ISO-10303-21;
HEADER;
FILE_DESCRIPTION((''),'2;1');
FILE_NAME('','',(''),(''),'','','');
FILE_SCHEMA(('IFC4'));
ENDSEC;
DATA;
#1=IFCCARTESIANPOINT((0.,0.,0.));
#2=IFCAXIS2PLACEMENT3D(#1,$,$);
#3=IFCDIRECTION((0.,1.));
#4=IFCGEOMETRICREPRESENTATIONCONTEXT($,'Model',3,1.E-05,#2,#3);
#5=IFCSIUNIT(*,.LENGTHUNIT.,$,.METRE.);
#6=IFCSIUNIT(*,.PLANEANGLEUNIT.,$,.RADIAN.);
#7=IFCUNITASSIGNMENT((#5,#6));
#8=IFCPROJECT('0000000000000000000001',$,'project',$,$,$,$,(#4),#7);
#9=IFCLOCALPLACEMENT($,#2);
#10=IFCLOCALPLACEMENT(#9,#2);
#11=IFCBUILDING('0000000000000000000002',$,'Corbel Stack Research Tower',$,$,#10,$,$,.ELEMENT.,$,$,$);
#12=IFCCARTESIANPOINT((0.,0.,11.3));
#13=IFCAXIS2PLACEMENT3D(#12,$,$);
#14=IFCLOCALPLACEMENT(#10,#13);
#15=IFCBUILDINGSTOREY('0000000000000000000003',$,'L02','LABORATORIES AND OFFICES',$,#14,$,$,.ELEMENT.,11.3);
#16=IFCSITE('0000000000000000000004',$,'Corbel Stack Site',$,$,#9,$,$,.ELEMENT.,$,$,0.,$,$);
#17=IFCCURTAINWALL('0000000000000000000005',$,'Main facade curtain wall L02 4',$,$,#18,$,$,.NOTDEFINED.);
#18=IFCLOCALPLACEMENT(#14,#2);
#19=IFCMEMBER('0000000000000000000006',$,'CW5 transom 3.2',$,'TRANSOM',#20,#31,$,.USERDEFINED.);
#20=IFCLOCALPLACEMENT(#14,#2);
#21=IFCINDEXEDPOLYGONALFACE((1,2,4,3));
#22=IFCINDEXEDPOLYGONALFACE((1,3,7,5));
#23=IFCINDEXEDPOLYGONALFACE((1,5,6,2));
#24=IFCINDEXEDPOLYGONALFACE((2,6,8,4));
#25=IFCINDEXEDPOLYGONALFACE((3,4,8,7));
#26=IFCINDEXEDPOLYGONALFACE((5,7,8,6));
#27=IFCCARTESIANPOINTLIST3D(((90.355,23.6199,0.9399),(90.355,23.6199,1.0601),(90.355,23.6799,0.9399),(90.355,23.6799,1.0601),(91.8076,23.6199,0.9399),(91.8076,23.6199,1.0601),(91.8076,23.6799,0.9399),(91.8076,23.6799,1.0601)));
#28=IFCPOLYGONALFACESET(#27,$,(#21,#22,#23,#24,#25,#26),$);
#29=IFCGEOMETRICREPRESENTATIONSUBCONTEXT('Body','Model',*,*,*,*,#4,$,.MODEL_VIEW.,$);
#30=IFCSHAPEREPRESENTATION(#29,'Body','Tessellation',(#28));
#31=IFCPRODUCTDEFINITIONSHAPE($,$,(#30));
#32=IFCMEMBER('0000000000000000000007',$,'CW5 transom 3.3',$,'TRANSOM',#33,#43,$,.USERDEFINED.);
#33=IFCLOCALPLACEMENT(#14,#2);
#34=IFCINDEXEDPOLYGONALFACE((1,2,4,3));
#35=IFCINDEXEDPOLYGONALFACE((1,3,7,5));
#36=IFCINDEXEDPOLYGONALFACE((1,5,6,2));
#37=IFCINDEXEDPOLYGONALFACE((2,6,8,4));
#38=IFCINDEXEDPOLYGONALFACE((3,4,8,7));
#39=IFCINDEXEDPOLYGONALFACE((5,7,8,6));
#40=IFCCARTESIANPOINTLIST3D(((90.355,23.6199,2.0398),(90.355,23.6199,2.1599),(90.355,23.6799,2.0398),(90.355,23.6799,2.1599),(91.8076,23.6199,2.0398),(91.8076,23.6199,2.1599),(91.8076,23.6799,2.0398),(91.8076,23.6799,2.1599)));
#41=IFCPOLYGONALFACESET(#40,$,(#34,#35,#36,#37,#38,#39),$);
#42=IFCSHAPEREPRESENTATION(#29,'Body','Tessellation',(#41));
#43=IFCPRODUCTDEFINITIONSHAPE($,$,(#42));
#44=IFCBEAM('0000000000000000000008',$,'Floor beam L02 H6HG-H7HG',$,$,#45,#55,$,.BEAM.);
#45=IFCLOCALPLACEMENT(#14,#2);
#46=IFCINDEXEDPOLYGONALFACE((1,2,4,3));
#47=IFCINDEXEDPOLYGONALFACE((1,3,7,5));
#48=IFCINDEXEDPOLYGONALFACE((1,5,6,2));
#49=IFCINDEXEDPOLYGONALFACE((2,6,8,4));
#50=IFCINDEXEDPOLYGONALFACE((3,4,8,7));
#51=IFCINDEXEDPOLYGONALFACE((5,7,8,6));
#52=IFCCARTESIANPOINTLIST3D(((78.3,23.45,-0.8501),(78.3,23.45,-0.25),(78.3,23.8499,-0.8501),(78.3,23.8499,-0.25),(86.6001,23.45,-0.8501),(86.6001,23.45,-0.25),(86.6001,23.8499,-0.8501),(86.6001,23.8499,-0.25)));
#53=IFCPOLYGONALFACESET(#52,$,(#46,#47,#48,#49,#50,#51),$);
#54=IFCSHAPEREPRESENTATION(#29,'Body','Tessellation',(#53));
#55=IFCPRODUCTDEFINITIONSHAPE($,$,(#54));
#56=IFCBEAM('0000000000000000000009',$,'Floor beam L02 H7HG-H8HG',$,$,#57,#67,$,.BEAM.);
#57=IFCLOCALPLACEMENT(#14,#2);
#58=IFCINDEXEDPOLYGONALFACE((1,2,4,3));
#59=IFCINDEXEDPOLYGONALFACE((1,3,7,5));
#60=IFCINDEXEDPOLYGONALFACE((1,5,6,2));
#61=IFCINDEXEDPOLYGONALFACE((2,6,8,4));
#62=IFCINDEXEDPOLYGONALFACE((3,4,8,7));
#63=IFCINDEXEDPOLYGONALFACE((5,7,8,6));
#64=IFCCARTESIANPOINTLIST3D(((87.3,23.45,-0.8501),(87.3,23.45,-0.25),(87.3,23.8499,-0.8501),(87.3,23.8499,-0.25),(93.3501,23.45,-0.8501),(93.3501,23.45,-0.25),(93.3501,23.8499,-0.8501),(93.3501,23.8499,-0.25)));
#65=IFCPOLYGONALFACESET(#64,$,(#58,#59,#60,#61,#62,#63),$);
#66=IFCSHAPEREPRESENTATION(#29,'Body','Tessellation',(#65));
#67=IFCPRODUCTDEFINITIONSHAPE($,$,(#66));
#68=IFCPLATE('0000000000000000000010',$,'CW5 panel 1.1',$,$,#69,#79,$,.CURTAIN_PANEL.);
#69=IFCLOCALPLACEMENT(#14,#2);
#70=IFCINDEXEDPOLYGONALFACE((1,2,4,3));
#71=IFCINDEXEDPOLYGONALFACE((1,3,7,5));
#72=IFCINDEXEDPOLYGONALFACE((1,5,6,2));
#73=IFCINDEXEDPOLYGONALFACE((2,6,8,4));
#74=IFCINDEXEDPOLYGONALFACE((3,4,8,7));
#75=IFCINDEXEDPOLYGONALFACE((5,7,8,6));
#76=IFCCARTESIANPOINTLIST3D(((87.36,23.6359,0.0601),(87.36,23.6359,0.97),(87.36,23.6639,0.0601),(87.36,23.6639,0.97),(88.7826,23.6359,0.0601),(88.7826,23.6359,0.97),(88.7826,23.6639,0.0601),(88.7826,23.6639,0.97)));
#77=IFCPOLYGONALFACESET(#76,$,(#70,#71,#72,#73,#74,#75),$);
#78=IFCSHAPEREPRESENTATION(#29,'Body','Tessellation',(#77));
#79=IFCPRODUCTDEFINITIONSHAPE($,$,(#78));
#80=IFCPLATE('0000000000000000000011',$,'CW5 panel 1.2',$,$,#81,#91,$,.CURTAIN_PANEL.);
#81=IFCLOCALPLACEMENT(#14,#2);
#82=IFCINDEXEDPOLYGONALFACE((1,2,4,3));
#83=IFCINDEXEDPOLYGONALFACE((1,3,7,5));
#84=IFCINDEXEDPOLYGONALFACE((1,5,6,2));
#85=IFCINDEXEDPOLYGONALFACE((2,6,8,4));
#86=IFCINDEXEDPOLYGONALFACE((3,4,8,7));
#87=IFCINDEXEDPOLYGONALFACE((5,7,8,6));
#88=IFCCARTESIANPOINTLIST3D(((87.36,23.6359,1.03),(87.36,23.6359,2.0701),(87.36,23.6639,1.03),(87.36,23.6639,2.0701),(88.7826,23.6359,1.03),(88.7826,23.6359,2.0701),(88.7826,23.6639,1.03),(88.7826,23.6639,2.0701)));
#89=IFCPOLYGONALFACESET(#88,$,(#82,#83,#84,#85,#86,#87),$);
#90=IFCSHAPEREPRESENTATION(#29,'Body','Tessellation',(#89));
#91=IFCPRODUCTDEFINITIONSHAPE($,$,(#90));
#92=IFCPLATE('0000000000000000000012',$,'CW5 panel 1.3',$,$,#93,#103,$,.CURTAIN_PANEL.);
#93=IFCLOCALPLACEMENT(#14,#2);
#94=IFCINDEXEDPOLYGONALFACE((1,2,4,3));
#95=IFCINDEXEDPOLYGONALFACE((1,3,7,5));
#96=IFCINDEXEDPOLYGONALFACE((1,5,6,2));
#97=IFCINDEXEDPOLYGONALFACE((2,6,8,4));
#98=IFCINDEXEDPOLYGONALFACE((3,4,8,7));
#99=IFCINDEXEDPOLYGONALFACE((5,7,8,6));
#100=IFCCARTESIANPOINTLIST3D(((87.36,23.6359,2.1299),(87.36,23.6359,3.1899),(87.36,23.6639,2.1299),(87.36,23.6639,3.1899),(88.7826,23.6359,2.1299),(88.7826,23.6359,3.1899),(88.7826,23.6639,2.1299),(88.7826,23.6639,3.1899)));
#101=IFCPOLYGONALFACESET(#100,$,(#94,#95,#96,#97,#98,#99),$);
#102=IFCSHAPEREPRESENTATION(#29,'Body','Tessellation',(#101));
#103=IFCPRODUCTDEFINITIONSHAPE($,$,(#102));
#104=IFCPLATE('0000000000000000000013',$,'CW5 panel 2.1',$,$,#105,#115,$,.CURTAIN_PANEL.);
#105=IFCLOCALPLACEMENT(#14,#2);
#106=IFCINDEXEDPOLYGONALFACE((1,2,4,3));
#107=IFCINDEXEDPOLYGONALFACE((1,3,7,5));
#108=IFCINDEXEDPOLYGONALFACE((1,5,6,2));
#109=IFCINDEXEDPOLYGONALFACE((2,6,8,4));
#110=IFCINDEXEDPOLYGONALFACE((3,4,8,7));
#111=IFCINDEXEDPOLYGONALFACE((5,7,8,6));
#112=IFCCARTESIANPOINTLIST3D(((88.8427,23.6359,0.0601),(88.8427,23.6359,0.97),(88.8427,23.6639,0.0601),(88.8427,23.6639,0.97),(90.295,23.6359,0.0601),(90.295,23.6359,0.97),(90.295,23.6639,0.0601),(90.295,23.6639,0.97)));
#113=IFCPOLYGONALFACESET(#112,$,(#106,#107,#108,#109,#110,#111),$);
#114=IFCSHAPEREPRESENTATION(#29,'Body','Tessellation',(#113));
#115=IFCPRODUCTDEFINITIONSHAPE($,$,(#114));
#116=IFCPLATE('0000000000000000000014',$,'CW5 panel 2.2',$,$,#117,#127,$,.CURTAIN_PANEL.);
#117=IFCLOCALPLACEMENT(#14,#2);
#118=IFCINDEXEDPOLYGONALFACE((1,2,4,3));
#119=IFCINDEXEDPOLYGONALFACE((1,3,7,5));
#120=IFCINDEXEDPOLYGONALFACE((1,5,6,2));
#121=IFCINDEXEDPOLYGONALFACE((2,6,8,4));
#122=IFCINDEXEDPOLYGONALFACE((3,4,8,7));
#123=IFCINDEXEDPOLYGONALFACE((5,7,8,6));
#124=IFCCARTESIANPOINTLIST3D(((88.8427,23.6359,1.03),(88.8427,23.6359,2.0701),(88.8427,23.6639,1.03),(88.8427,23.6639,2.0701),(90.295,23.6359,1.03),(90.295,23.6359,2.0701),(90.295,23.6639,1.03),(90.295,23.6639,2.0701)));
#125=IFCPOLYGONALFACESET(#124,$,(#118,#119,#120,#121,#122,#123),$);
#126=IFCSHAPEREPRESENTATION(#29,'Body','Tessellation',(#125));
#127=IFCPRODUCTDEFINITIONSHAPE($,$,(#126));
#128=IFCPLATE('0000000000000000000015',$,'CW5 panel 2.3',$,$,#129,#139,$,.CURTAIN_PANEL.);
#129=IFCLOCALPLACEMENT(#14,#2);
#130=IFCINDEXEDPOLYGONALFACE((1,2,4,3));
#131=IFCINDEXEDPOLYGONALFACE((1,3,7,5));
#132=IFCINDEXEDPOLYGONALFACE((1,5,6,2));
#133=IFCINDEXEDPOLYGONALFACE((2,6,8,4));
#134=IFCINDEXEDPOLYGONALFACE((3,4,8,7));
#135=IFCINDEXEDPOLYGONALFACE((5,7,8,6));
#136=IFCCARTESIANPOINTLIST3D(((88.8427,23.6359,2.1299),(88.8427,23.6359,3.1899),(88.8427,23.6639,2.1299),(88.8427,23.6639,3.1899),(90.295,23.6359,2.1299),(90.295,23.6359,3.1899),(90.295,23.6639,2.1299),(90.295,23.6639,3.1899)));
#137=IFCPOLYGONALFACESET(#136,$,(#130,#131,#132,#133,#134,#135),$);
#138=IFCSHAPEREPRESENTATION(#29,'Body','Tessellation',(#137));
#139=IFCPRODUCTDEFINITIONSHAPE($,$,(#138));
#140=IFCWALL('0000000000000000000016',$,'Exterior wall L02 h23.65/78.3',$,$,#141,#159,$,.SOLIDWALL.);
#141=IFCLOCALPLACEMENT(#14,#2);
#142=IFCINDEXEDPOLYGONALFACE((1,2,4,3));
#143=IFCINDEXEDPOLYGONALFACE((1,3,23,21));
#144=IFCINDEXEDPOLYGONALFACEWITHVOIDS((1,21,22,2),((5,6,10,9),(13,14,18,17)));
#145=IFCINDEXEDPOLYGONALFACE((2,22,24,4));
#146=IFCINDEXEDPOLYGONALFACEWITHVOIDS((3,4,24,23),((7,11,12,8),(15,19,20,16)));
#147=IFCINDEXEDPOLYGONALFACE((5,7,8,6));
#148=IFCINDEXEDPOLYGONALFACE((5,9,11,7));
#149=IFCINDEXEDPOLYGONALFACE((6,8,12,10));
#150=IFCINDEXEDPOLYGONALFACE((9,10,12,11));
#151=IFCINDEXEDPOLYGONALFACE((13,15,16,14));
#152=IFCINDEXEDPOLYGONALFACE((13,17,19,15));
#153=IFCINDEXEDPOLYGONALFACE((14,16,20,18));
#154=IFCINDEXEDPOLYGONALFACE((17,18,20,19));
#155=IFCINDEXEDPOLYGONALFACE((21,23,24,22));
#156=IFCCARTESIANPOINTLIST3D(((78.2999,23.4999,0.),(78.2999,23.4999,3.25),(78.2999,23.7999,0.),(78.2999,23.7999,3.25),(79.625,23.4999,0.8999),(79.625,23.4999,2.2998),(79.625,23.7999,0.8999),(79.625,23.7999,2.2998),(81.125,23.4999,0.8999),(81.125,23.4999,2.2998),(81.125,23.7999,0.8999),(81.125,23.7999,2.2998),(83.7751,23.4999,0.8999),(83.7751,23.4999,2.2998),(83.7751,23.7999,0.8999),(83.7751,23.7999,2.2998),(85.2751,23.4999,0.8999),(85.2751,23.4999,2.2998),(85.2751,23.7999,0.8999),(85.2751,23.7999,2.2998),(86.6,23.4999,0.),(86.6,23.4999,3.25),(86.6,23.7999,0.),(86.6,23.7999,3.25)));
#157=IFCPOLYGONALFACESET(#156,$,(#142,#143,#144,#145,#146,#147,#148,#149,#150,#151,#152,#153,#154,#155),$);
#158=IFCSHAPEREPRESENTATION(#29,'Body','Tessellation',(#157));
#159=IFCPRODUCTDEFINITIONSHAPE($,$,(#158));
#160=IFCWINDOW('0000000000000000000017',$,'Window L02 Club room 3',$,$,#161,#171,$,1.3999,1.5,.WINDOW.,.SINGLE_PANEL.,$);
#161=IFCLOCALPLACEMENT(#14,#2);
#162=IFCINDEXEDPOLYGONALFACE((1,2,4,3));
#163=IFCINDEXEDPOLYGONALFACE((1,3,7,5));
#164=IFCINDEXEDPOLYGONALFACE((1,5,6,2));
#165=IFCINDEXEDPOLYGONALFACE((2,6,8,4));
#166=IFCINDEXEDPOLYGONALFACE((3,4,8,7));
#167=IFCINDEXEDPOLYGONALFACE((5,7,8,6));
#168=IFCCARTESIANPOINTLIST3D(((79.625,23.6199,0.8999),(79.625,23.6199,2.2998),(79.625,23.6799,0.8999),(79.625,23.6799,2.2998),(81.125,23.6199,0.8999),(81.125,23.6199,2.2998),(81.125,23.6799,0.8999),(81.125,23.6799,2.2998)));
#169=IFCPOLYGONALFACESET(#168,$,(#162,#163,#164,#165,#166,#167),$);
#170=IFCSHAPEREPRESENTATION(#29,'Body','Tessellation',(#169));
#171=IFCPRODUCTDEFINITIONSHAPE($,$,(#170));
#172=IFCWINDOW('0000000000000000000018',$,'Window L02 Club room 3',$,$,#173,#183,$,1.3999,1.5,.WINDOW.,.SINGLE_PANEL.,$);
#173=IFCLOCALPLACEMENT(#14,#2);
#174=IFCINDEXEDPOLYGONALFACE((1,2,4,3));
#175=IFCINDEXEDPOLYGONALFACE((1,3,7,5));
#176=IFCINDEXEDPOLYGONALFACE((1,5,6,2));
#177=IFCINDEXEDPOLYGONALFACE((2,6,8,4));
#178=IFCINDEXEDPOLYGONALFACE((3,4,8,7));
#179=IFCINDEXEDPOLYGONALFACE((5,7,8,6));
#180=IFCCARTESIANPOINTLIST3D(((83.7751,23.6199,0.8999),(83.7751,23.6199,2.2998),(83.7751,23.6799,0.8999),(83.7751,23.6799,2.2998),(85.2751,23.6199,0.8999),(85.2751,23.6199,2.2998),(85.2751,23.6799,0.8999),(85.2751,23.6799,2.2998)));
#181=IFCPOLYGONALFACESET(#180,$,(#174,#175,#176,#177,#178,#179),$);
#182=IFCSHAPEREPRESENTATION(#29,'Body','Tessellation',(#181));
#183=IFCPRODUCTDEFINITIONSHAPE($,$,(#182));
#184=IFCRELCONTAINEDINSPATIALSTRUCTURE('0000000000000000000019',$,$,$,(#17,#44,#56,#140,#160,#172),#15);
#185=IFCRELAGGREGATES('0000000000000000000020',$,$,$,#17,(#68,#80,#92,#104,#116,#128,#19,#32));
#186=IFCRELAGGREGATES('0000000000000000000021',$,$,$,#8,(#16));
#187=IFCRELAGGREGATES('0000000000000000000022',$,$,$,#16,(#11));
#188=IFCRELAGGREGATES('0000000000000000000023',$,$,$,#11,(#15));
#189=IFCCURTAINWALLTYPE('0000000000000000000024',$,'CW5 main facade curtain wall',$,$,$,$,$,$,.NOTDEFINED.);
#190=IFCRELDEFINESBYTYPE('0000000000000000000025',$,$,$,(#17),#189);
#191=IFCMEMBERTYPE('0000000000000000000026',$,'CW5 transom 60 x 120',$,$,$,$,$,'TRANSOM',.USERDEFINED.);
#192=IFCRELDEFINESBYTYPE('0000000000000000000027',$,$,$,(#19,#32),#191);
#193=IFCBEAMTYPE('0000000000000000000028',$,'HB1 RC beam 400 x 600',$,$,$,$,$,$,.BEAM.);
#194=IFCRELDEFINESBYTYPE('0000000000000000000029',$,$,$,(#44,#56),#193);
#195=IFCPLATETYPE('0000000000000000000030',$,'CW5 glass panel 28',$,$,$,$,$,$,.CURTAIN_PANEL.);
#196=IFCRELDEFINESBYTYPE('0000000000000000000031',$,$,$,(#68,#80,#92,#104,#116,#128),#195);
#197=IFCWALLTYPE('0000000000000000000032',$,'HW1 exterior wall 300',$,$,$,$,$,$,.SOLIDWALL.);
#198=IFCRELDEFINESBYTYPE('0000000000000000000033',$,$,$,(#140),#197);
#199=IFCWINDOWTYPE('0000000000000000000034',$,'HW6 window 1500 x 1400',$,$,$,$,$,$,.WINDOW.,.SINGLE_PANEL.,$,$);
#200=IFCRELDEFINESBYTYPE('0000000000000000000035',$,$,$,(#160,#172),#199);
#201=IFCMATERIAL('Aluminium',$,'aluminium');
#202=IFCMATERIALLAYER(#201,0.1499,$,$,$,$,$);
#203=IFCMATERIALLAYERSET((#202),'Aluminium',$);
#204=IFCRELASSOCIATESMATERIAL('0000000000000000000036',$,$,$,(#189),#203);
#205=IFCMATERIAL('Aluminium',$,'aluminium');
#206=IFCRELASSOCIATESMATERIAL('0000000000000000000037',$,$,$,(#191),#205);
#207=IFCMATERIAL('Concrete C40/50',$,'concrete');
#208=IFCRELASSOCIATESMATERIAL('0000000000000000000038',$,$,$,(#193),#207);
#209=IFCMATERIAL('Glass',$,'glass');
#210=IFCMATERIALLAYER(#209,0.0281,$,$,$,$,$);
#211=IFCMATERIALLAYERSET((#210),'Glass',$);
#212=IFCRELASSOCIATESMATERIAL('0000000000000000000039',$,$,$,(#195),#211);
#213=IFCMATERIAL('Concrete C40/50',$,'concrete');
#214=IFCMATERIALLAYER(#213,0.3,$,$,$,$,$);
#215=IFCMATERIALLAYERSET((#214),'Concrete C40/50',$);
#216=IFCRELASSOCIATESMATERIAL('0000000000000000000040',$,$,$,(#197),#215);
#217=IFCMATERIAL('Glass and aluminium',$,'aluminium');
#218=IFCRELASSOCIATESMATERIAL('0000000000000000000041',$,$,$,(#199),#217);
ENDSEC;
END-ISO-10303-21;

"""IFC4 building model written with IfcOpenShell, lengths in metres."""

from ifc_helpers import new_model, si_unit, direction, frame, frame_2d, origin, origin_2d, place, context, subcontext, project, spatial, rectangle, extrude, material, layer, layer_set, material_profile, profile_set, type_object, element, fill, aggregate, save


model = new_model("IFC4")

# Units and contexts
model_context = context("Model", 3, precision=1e-05, world=origin(), true_north=direction((0.0, 1.0)))
body_context = subcontext(model_context, "Body", "Model", "MODEL_VIEW")
ifc_project = project(units=[si_unit("LENGTHUNIT", "METRE"), si_unit("PLANEANGLEUNIT", "RADIAN")], contexts=[model_context])

# Site, building, storey
site_placement = place(None, origin())
site = spatial("IfcSite", under=ifc_project, at=site_placement, Name="Corbel Stack Site", CompositionType="ELEMENT", RefElevation=0.0)
building_placement = place(site_placement, origin())
building = spatial("IfcBuilding", under=site, at=building_placement, Name="Corbel Stack Research Tower", CompositionType="ELEMENT")
storey_placement = place(building_placement, frame((0.0, 0.0, 11.3)))
storey = spatial("IfcBuildingStorey", under=building, at=storey_placement, Name="L02", Description="LABORATORIES AND OFFICES", CompositionType="ELEMENT", Elevation=11.3)

# Curtain wall, members
ifc_material_1 = material(Name="Aluminium", Category="aluminium")
ifc_layer_1 = layer(ifc_material_1, 0.1499)
ifc_layer_set_1 = layer_set([ifc_layer_1], Name="Aluminium")
curtain_wall_type = type_object("IfcCurtainWallType", Name="CW5 main facade curtain wall", PredefinedType="NOTDEFINED", material=ifc_layer_set_1)
curtain_wall_placement = place(storey_placement, origin())
curtain_wall = element("IfcCurtainWall", 1, at=curtain_wall_placement, inside=storey, type_object=curtain_wall_type, Name="Main facade curtain wall L02 4", PredefinedType="NOTDEFINED")
ifc_material_2 = material(Name="Aluminium", Category="aluminium")
ifc_material_profile_1 = material_profile(ifc_material_2, rectangle(XDim=0.0601, YDim=0.1201, at=origin_2d()), Name="Transom 60 x 120")
ifc_profile_set_1 = profile_set([ifc_material_profile_1], Name="Aluminium")
member_type_1 = type_object("IfcMemberType", Name="CW5 transom 60 x 120", ElementType="TRANSOM", PredefinedType="USERDEFINED", material=ifc_profile_set_1)
member_1_placement = place(storey_placement, frame((90.355, 23.6499, 1.0), z_axis=(1.0, 0.0, 0.0), x_axis=(0.0, 1.0, 0.0)))
member_1 = element("IfcMember", 2, at=member_1_placement, type_object=member_type_1, Name="CW5 transom 3.2", ObjectType="TRANSOM", PredefinedType="USERDEFINED", context=body_context, shape_type="SweptSolid", body=[
    extrude(rectangle(XDim=0.0601, YDim=0.1201, at=origin_2d()), origin(), (0.0, 0.0, 1.0), 1.4526),
])
member_2_placement = place(storey_placement, frame((90.355, 23.6499, 2.0999), z_axis=(1.0, 0.0, 0.0), x_axis=(0.0, 1.0, 0.0)))
member_2 = element("IfcMember", 3, at=member_2_placement, type_object=member_type_1, Name="CW5 transom 3.3", ObjectType="TRANSOM", PredefinedType="USERDEFINED", context=body_context, shape_type="SweptSolid", body=[
    extrude(rectangle(XDim=0.0601, YDim=0.1201, at=origin_2d()), origin(), (0.0, 0.0, 1.0), 1.4526),
])

# Beams
ifc_material_3 = material(Name="Concrete C40/50", Category="concrete")
ifc_material_profile_2 = material_profile(ifc_material_3, rectangle(XDim=0.3999, YDim=0.6001, at=origin_2d()), Name="RC 400 x 600")
ifc_profile_set_2 = profile_set([ifc_material_profile_2], Name="Concrete C40/50")
beam_type = type_object("IfcBeamType", Name="HB1 RC beam 400 x 600", PredefinedType="BEAM", material=ifc_profile_set_2)
beam_1_placement = place(storey_placement, frame((78.3, 23.6499, -0.55), z_axis=(1.0, 0.0, 0.0), x_axis=(0.0, 1.0, 0.0)))
element("IfcBeam", 4, at=beam_1_placement, inside=storey, type_object=beam_type, Name="Floor beam L02 H6HG-H7HG", PredefinedType="BEAM", context=body_context, shape_type="SweptSolid", body=[
    extrude(rectangle(XDim=0.3999, YDim=0.6001, at=origin_2d()), origin(), (0.0, 0.0, 1.0), 8.3),
])
beam_2_placement = place(storey_placement, frame((87.3, 23.6499, -0.55), z_axis=(1.0, 0.0, 0.0), x_axis=(0.0, 1.0, 0.0)))
element("IfcBeam", 5, at=beam_2_placement, inside=storey, type_object=beam_type, Name="Floor beam L02 H7HG-H8HG", PredefinedType="BEAM", context=body_context, shape_type="SweptSolid", body=[
    extrude(rectangle(XDim=0.3999, YDim=0.6001, at=origin_2d()), origin(), (0.0, 0.0, 1.0), 6.05),
])

# Plates
ifc_material_4 = material(Name="Glass", Category="glass")
ifc_layer_2 = layer(ifc_material_4, 0.0281)
ifc_layer_set_2 = layer_set([ifc_layer_2], Name="Glass")
plate_type = type_object("IfcPlateType", Name="CW5 glass panel 28", PredefinedType="CURTAIN_PANEL", material=ifc_layer_set_2)
plate_1_placement = place(storey_placement, frame((88.0713, 23.6499, 0.0601), z_axis=(0.0, 0.0, 1.0), x_axis=(1.0, 0.0, 0.0)))
plate_1 = element("IfcPlate", 6, at=plate_1_placement, type_object=plate_type, Name="CW5 panel 1.1", PredefinedType="CURTAIN_PANEL", context=body_context, shape_type="SweptSolid", body=[
    extrude(rectangle(XDim=1.4226, YDim=0.0281, at=origin_2d()), origin(), (0.0, 0.0, 1.0), 0.9099),
])
plate_2_placement = place(storey_placement, frame((88.0713, 23.6499, 1.03), z_axis=(0.0, 0.0, 1.0), x_axis=(1.0, 0.0, 0.0)))
plate_2 = element("IfcPlate", 7, at=plate_2_placement, type_object=plate_type, Name="CW5 panel 1.2", PredefinedType="CURTAIN_PANEL", context=body_context, shape_type="SweptSolid", body=[
    extrude(rectangle(XDim=1.4226, YDim=0.0281, at=origin_2d()), origin(), (0.0, 0.0, 1.0), 1.04),
])
plate_3_placement = place(storey_placement, frame((88.0713, 23.6499, 2.1299), z_axis=(0.0, 0.0, 1.0), x_axis=(1.0, 0.0, 0.0)))
plate_3 = element("IfcPlate", 8, at=plate_3_placement, type_object=plate_type, Name="CW5 panel 1.3", PredefinedType="CURTAIN_PANEL", context=body_context, shape_type="SweptSolid", body=[
    extrude(rectangle(XDim=1.4226, YDim=0.0281, at=origin_2d()), origin(), (0.0, 0.0, 1.0), 1.0601),
])
plate_4_placement = place(storey_placement, frame((89.5688, 23.6499, 0.0601), z_axis=(0.0, 0.0, 1.0), x_axis=(1.0, 0.0, 0.0)))
plate_4 = element("IfcPlate", 9, at=plate_4_placement, type_object=plate_type, Name="CW5 panel 2.1", PredefinedType="CURTAIN_PANEL", context=body_context, shape_type="SweptSolid", body=[
    extrude(rectangle(XDim=1.4524, YDim=0.0281, at=origin_2d()), origin(), (0.0, 0.0, 1.0), 0.9099),
])
plate_5_placement = place(storey_placement, frame((89.5688, 23.6499, 1.03), z_axis=(0.0, 0.0, 1.0), x_axis=(1.0, 0.0, 0.0)))
plate_5 = element("IfcPlate", 10, at=plate_5_placement, type_object=plate_type, Name="CW5 panel 2.2", PredefinedType="CURTAIN_PANEL", context=body_context, shape_type="SweptSolid", body=[
    extrude(rectangle(XDim=1.4524, YDim=0.0281, at=origin_2d()), origin(), (0.0, 0.0, 1.0), 1.04),
])
plate_6_placement = place(storey_placement, frame((89.5688, 23.6499, 2.1299), z_axis=(0.0, 0.0, 1.0), x_axis=(1.0, 0.0, 0.0)))
plate_6 = element("IfcPlate", 11, at=plate_6_placement, type_object=plate_type, Name="CW5 panel 2.3", PredefinedType="CURTAIN_PANEL", context=body_context, shape_type="SweptSolid", body=[
    extrude(rectangle(XDim=1.4524, YDim=0.0281, at=origin_2d()), origin(), (0.0, 0.0, 1.0), 1.0601),
])
aggregate(curtain_wall, [plate_1, plate_2, plate_3, plate_4, plate_5, plate_6, member_1, member_2])

# Wall, openings, windows
ifc_material_5 = material(Name="Concrete C40/50", Category="concrete")
ifc_layer_3 = layer(ifc_material_5, 0.3)
ifc_layer_set_3 = layer_set([ifc_layer_3], Name="Concrete C40/50")
wall_type = type_object("IfcWallType", Name="HW1 exterior wall 300", PredefinedType="SOLIDWALL", material=ifc_layer_set_3)
wall_placement = place(storey_placement, frame((78.3, 23.6499, 0.0), z_axis=(0.0, 0.0, 1.0), x_axis=(1.0, 0.0, 0.0)))
wall = element("IfcWall", 12, at=wall_placement, inside=storey, type_object=wall_type, Name="Exterior wall L02 h23.65/78.3", PredefinedType="SOLIDWALL", context=body_context, shape_type="SweptSolid", body=[
    extrude(rectangle(XDim=8.3, YDim=0.3, at=frame_2d((4.1499, 0.0))), origin(), (0.0, 0.0, 1.0), 3.25),
])
opening_1_placement = place(wall_placement, frame((1.325, 0.0, 0.8999)))
opening_1 = element("IfcOpeningElement", 13, at=opening_1_placement, cuts=wall, PredefinedType="OPENING", context=body_context, shape_type="SweptSolid", body=[
    extrude(rectangle(XDim=1.5, YDim=1.3999, at=frame_2d((0.75, 0.7))), frame((0.0, 0.1599, 0.0), z_axis=(0.0, -1.0, 0.0), x_axis=(1.0, 0.0, 0.0)), (0.0, 0.0, 1.0), 0.3201),
])
opening_2_placement = place(wall_placement, frame((5.4751, 0.0, 0.8999)))
opening_2 = element("IfcOpeningElement", 14, at=opening_2_placement, cuts=wall, PredefinedType="OPENING", context=body_context, shape_type="SweptSolid", body=[
    extrude(rectangle(XDim=1.5, YDim=1.3999, at=frame_2d((0.75, 0.7))), frame((0.0, 0.1599, 0.0), z_axis=(0.0, -1.0, 0.0), x_axis=(1.0, 0.0, 0.0)), (0.0, 0.0, 1.0), 0.3201),
])
ifc_material_6 = material(Name="Glass and aluminium", Category="aluminium")
window_type = type_object("IfcWindowType", Name="HW6 window 1500 x 1400", PartitioningType="SINGLE_PANEL", PredefinedType="WINDOW", material=ifc_material_6)
window_1_placement = place(opening_1_placement, origin())
window_1 = element("IfcWindow", 15, at=window_1_placement, inside=storey, type_object=window_type, Name="Window L02 Club room 3", OverallHeight=1.3999, OverallWidth=1.5, PartitioningType="SINGLE_PANEL", PredefinedType="WINDOW", context=body_context, shape_type="SweptSolid", body=[
    extrude(rectangle(XDim=1.5, YDim=1.3999, at=frame_2d((0.75, 0.7))), frame((0.0, 0.03, 0.0), z_axis=(0.0, -1.0, 0.0), x_axis=(1.0, 0.0, 0.0)), (0.0, 0.0, 1.0), 0.0601),
])
fill(opening_1, window_1)
window_2_placement = place(opening_2_placement, origin())
window_2 = element("IfcWindow", 16, at=window_2_placement, inside=storey, type_object=window_type, Name="Window L02 Club room 3", OverallHeight=1.3999, OverallWidth=1.5, PartitioningType="SINGLE_PANEL", PredefinedType="WINDOW", context=body_context, shape_type="SweptSolid", body=[
    extrude(rectangle(XDim=1.5, YDim=1.3999, at=frame_2d((0.75, 0.7))), frame((0.0, 0.03, 0.0), z_axis=(0.0, -1.0, 0.0), x_axis=(1.0, 0.0, 0.0)), (0.0, 0.0, 1.0), 0.0601),
])
fill(opening_2, window_2)

save(model, "model.ifc")
